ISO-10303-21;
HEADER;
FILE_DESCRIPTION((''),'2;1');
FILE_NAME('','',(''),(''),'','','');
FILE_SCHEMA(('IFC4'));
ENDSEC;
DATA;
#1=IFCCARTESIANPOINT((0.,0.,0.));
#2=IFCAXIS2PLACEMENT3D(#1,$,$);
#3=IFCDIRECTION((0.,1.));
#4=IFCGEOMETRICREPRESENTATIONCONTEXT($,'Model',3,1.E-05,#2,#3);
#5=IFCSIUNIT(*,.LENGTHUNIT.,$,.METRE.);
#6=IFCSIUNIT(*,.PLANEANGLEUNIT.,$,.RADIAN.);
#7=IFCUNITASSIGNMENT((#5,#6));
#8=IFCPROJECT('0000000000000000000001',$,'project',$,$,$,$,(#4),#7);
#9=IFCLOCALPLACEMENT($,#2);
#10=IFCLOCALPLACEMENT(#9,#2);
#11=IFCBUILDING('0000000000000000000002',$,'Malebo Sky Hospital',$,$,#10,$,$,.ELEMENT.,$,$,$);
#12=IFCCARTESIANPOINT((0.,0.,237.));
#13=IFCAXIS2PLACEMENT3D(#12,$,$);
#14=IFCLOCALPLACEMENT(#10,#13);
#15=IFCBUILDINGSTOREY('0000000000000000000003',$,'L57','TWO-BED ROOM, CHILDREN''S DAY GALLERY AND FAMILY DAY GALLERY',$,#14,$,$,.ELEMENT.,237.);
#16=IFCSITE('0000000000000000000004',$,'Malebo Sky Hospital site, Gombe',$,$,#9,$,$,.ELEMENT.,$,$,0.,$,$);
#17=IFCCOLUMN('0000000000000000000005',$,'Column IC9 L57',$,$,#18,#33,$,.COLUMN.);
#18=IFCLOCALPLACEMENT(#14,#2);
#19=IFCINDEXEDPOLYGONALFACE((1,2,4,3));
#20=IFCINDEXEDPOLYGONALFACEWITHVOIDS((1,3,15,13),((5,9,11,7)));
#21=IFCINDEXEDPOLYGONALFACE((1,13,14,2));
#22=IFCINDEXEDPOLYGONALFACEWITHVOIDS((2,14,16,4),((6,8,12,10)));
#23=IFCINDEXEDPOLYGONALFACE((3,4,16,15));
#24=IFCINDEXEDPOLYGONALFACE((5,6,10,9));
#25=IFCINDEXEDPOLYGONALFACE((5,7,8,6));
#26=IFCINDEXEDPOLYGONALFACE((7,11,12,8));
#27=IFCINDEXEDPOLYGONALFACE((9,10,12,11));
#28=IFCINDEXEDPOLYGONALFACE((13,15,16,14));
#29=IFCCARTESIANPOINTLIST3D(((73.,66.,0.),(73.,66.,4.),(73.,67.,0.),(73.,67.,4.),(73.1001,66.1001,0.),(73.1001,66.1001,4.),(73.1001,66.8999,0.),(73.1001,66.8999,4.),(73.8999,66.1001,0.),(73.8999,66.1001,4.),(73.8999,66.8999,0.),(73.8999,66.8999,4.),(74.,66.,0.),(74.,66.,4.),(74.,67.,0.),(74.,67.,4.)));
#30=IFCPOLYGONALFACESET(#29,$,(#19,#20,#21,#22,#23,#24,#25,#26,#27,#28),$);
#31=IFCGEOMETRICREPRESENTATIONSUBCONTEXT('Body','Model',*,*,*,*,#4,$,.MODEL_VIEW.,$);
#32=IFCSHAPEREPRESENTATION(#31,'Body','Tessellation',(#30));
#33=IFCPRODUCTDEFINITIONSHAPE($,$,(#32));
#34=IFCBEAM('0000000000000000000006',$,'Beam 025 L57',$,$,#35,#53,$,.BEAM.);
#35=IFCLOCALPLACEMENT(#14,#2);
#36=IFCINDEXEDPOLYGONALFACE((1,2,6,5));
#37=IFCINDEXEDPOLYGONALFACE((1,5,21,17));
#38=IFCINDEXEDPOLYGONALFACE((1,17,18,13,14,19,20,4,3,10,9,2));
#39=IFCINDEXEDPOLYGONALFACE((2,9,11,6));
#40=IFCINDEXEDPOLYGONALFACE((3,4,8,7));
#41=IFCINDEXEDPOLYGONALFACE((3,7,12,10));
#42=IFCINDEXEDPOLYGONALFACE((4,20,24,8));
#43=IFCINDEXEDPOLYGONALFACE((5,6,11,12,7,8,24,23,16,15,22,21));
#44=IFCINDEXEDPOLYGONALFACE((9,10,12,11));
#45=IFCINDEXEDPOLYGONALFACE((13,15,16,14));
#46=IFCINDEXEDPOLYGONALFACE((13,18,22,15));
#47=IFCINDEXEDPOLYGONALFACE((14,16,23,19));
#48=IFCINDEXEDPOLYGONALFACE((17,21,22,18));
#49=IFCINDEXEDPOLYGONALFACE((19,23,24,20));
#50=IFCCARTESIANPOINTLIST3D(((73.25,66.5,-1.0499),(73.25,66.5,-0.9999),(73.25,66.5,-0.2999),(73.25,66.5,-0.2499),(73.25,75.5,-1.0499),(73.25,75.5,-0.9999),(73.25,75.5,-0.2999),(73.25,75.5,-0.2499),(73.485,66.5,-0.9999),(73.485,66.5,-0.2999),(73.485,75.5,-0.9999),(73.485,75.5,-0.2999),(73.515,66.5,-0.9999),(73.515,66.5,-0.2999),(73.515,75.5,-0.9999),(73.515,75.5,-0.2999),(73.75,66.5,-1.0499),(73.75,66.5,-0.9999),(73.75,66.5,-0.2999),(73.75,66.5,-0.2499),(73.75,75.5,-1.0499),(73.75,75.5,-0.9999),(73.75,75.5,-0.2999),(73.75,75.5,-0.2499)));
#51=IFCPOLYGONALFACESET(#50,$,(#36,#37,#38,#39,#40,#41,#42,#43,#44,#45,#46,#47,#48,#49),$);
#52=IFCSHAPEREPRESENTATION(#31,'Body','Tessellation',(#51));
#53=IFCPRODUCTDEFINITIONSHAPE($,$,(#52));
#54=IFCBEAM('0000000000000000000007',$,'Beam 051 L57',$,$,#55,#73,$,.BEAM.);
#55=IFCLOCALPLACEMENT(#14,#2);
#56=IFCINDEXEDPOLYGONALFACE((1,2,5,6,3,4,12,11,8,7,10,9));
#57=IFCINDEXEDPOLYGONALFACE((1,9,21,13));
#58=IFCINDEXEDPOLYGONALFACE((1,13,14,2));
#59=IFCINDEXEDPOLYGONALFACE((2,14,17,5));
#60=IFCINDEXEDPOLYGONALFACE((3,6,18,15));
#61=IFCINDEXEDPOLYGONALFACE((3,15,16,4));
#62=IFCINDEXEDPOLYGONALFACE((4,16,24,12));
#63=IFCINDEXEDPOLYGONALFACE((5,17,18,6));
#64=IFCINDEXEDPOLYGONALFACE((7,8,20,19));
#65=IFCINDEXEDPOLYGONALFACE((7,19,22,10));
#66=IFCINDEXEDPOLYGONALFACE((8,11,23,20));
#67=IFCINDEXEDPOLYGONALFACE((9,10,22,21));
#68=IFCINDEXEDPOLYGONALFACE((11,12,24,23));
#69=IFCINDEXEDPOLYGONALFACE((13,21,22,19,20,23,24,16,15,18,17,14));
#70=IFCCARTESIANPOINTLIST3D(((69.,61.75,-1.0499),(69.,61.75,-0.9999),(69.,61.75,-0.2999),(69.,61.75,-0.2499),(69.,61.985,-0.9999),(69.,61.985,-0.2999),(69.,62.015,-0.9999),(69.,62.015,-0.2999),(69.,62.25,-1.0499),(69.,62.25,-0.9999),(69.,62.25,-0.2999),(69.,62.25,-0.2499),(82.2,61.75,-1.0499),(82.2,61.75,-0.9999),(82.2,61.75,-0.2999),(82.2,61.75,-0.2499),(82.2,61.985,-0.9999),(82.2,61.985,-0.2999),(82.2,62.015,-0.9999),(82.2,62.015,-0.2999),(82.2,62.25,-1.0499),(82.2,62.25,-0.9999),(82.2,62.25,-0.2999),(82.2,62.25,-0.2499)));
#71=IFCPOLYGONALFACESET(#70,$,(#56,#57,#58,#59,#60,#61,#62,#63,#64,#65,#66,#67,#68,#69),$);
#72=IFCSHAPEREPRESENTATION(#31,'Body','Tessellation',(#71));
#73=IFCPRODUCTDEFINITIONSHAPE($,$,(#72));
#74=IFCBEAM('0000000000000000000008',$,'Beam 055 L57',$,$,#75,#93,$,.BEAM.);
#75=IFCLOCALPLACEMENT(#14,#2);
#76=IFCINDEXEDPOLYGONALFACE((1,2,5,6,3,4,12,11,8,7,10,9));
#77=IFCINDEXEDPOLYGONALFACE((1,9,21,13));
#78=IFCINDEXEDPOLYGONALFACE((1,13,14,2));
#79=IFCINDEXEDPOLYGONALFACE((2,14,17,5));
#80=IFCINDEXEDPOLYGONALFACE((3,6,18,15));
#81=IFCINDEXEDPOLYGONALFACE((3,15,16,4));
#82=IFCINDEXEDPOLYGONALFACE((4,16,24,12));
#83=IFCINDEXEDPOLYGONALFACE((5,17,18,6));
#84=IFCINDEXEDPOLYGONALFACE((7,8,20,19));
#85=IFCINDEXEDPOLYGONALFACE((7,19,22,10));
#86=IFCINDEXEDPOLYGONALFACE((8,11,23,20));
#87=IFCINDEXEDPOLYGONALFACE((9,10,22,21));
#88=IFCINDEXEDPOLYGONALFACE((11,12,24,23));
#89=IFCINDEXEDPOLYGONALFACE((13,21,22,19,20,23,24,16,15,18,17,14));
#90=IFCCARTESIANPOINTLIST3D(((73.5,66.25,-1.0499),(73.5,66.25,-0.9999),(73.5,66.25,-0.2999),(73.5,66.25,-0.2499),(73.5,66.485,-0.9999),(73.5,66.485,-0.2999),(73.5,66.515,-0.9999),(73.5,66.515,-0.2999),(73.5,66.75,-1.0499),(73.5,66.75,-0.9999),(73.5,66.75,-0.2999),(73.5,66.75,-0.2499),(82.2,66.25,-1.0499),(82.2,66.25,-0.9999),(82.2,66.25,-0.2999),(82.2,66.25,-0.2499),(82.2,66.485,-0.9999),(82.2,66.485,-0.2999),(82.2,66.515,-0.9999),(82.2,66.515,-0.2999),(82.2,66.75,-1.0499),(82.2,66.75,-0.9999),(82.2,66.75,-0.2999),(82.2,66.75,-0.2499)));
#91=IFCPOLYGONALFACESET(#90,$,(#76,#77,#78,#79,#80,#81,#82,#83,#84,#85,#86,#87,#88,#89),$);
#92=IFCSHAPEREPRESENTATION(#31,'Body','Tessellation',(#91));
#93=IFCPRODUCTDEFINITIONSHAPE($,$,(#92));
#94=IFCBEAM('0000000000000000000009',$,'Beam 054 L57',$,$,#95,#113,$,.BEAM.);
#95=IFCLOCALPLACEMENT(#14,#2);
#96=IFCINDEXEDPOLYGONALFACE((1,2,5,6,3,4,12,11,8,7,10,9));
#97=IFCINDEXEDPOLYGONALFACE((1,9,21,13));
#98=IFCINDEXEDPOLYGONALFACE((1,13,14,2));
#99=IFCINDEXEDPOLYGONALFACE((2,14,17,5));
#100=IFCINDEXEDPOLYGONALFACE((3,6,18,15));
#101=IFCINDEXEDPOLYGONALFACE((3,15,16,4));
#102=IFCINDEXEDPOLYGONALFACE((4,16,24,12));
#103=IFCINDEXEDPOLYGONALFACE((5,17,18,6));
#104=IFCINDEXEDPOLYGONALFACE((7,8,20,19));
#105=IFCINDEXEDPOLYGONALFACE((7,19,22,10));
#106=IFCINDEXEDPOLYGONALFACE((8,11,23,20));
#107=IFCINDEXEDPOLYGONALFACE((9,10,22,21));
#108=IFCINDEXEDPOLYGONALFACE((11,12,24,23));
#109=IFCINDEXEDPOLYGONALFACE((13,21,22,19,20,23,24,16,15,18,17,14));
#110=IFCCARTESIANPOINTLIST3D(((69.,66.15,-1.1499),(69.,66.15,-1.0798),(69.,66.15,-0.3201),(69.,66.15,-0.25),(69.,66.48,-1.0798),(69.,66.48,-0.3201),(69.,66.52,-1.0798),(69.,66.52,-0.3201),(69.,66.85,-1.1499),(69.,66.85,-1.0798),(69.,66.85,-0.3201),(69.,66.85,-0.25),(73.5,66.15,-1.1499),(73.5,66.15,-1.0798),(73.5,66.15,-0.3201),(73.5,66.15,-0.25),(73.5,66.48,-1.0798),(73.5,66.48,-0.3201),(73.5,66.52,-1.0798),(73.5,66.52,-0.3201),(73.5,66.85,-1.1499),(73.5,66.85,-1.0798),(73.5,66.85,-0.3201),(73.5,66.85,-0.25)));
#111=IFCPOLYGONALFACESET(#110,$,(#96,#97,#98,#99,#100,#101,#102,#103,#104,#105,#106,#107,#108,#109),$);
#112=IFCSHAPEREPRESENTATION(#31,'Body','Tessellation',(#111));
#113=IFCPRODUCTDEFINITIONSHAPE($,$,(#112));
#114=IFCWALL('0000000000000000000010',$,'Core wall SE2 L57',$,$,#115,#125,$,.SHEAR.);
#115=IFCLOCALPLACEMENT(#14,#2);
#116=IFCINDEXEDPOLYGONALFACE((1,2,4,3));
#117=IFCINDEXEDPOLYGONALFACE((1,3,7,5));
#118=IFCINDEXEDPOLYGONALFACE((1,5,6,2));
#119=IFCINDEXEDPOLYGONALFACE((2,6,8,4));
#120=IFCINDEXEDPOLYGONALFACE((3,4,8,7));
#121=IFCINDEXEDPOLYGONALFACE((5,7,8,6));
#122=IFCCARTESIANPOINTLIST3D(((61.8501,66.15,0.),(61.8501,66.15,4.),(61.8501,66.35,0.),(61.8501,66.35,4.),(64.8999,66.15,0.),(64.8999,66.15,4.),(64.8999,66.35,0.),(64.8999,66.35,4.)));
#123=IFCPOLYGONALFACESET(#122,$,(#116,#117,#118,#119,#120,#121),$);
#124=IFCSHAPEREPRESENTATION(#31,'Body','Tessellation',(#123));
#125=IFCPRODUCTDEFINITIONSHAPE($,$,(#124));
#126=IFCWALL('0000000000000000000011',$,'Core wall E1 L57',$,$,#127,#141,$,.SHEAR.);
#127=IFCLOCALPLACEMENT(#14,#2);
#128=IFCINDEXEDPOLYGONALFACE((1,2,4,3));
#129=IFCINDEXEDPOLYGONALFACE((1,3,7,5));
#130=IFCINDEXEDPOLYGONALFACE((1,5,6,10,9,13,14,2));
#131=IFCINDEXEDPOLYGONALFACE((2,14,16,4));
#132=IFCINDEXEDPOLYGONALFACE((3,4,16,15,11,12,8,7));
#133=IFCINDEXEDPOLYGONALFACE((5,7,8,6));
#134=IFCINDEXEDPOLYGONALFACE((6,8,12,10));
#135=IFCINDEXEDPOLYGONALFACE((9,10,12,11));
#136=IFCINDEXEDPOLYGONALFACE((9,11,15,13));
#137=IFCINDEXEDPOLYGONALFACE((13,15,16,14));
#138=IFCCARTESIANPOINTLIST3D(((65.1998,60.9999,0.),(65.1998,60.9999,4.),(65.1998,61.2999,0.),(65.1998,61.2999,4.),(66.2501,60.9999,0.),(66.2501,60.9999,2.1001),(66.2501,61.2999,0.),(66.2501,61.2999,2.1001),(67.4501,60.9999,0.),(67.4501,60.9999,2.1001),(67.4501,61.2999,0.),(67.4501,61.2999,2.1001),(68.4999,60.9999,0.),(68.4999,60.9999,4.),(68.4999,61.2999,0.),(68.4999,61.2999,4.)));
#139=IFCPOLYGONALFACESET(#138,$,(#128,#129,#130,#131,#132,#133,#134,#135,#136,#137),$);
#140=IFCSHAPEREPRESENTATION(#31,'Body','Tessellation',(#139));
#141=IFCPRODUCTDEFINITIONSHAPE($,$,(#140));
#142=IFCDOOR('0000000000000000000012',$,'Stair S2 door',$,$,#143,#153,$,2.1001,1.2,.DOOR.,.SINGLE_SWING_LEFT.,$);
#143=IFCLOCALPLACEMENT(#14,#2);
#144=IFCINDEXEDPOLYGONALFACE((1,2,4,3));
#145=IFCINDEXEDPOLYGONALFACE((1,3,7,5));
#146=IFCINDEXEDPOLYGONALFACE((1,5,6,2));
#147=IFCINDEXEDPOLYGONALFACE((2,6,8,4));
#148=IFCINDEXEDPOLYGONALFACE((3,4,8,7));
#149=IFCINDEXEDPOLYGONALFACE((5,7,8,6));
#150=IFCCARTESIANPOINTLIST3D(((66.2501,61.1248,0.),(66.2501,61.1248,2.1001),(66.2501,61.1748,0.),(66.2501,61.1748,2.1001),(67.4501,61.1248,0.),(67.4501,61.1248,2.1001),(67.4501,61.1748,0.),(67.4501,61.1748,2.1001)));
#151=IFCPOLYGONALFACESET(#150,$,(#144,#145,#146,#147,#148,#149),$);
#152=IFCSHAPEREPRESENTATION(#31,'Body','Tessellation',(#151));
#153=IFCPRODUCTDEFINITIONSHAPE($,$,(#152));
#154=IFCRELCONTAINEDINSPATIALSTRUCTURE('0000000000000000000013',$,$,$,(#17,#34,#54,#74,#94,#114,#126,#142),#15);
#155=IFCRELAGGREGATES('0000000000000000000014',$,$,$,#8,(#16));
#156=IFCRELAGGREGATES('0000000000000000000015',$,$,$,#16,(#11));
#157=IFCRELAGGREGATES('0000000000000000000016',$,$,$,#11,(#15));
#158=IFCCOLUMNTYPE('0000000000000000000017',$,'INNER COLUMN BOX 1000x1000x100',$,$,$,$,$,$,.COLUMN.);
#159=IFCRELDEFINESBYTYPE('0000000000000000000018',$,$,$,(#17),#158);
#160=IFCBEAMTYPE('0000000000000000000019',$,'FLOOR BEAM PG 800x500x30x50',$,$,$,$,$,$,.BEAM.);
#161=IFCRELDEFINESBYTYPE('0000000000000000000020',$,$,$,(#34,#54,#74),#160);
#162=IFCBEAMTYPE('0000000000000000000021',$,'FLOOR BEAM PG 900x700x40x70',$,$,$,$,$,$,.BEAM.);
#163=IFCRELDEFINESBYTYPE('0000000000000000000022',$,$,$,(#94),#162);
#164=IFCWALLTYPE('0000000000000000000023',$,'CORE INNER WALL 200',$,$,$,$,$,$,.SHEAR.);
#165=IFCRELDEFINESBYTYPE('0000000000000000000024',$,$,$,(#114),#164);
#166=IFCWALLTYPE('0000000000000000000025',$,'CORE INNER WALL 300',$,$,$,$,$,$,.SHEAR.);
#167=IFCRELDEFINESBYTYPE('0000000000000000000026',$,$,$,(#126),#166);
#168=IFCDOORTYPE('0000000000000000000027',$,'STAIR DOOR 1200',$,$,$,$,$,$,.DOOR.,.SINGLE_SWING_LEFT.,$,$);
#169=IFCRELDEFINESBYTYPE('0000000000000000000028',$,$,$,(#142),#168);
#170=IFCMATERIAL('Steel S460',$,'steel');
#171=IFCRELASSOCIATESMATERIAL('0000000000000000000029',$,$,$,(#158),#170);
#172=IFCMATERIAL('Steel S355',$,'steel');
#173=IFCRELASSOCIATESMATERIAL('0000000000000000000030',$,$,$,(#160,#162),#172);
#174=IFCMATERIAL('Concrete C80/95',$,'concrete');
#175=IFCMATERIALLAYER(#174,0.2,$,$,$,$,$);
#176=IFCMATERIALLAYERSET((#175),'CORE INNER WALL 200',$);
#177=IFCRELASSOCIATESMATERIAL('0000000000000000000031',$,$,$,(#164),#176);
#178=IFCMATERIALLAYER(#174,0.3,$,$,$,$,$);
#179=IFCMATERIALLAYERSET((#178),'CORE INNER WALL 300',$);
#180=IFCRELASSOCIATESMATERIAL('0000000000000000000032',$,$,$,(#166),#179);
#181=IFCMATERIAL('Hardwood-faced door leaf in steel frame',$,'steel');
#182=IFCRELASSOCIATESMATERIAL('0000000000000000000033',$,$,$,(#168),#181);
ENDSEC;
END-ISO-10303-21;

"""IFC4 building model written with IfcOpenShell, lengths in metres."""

from ifc_helpers import new_model, si_unit, direction, frame, frame_2d, origin, origin_2d, place, context, subcontext, project, spatial, rectangle, hollow_rectangle, i_section, extrude, material, layer, layer_set, material_profile, profile_set, type_object, element, fill, save


model = new_model("IFC4")

# Units and contexts
model_context = context("Model", 3, precision=1e-05, world=origin(), true_north=direction((0.0, 1.0)))
body_context = subcontext(model_context, "Body", "Model", "MODEL_VIEW")
ifc_project = project(units=[si_unit("LENGTHUNIT", "METRE"), si_unit("PLANEANGLEUNIT", "RADIAN")], contexts=[model_context])

# Site, building, storey
site_placement = place(None, origin())
site = spatial("IfcSite", under=ifc_project, at=site_placement, Name="Malebo Sky Hospital site, Gombe", CompositionType="ELEMENT", RefElevation=0.0)
building_placement = place(site_placement, origin())
building = spatial("IfcBuilding", under=site, at=building_placement, Name="Malebo Sky Hospital", CompositionType="ELEMENT")
storey_placement = place(building_placement, frame((0.0, 0.0, 237.0)))
storey = spatial("IfcBuildingStorey", under=building, at=storey_placement, Name="L57", Description="TWO-BED ROOM, CHILDREN'S DAY GALLERY AND FAMILY DAY GALLERY", CompositionType="ELEMENT", Elevation=237.0)

# Column
ifc_material_1 = material(Name="Steel S460", Category="steel")
ifc_material_profile_1 = material_profile(ifc_material_1, hollow_rectangle(XDim=1.0, YDim=1.0, WallThickness=0.1001, at=origin_2d()), Name="BOX 1000x1000x100")
ifc_profile_set_1 = profile_set([ifc_material_profile_1], Name="Steel S460")
column_type = type_object("IfcColumnType", Name="INNER COLUMN BOX 1000x1000x100", PredefinedType="COLUMN", material=ifc_profile_set_1)
column_placement = place(storey_placement, frame((73.5, 66.5, 0.0), z_axis=(0.0, 0.0, 1.0), x_axis=(1.0, 0.0, 0.0)))
element("IfcColumn", 1, at=column_placement, inside=storey, type_object=column_type, Name="Column IC9 L57", PredefinedType="COLUMN", context=body_context, shape_type="SweptSolid", body=[
    extrude(hollow_rectangle(XDim=1.0, YDim=1.0, WallThickness=0.1001, at=origin_2d()), origin(), (0.0, 0.0, 1.0), 4.0),
])

# Beams
ifc_material_2 = material(Name="Steel S355", Category="steel")
ifc_material_profile_2 = material_profile(ifc_material_2, i_section(OverallWidth=0.5, OverallDepth=0.8, WebThickness=0.03, FlangeThickness=0.05, at=origin_2d()), Name="PG 800x500x30x50")
ifc_profile_set_2 = profile_set([ifc_material_profile_2], Name="Steel S355")
beam_type_1 = type_object("IfcBeamType", Name="FLOOR BEAM PG 800x500x30x50", PredefinedType="BEAM", material=ifc_profile_set_2)
beam_1_placement = place(storey_placement, frame((73.5, 66.5, -0.6499), z_axis=(0.0, 1.0, 0.0), x_axis=(-1.0, 0.0, 0.0)))
element("IfcBeam", 2, at=beam_1_placement, inside=storey, type_object=beam_type_1, Name="Beam 025 L57", PredefinedType="BEAM", context=body_context, shape_type="SweptSolid", body=[
    extrude(i_section(OverallWidth=0.5, OverallDepth=0.8, WebThickness=0.03, FlangeThickness=0.05, at=origin_2d()), origin(), (0.0, 0.0, 1.0), 9.0),
])
beam_2_placement = place(storey_placement, frame((69.0, 62.0, -0.6499), z_axis=(1.0, 0.0, 0.0), x_axis=(0.0, 1.0, 0.0)))
element("IfcBeam", 3, at=beam_2_placement, inside=storey, type_object=beam_type_1, Name="Beam 051 L57", PredefinedType="BEAM", context=body_context, shape_type="SweptSolid", body=[
    extrude(i_section(OverallWidth=0.5, OverallDepth=0.8, WebThickness=0.03, FlangeThickness=0.05, at=origin_2d()), origin(), (0.0, 0.0, 1.0), 13.2),
])
beam_3_placement = place(storey_placement, frame((73.5, 66.5, -0.6499), z_axis=(1.0, 0.0, 0.0), x_axis=(0.0, 1.0, 0.0)))
element("IfcBeam", 4, at=beam_3_placement, inside=storey, type_object=beam_type_1, Name="Beam 055 L57", PredefinedType="BEAM", context=body_context, shape_type="SweptSolid", body=[
    extrude(i_section(OverallWidth=0.5, OverallDepth=0.8, WebThickness=0.03, FlangeThickness=0.05, at=origin_2d()), origin(), (0.0, 0.0, 1.0), 8.7),
])
ifc_material_profile_3 = material_profile(ifc_material_2, i_section(OverallWidth=0.7, OverallDepth=0.8999, WebThickness=0.04, FlangeThickness=0.0701, at=origin_2d()), Name="PG 900x700x40x70")
ifc_profile_set_3 = profile_set([ifc_material_profile_3], Name="Steel S355")
beam_type_2 = type_object("IfcBeamType", Name="FLOOR BEAM PG 900x700x40x70", PredefinedType="BEAM", material=ifc_profile_set_3)
beam_4_placement = place(storey_placement, frame((69.0, 66.5, -0.7), z_axis=(1.0, 0.0, 0.0), x_axis=(0.0, 1.0, 0.0)))
element("IfcBeam", 5, at=beam_4_placement, inside=storey, type_object=beam_type_2, Name="Beam 054 L57", PredefinedType="BEAM", context=body_context, shape_type="SweptSolid", body=[
    extrude(i_section(OverallWidth=0.7, OverallDepth=0.8999, WebThickness=0.04, FlangeThickness=0.0701, at=origin_2d()), origin(), (0.0, 0.0, 1.0), 4.5),
])

# Wall
ifc_material_3 = material(Name="Concrete C80/95", Category="concrete")
ifc_layer_1 = layer(ifc_material_3, 0.2)
ifc_layer_set_1 = layer_set([ifc_layer_1], Name="CORE INNER WALL 200")
wall_type_1 = type_object("IfcWallType", Name="CORE INNER WALL 200", PredefinedType="SHEAR", material=ifc_layer_set_1)
wall_1_placement = place(storey_placement, frame((61.8501, 66.25, 0.0), z_axis=(0.0, 0.0, 1.0), x_axis=(1.0, 0.0, 0.0)))
element("IfcWall", 6, at=wall_1_placement, inside=storey, type_object=wall_type_1, Name="Core wall SE2 L57", PredefinedType="SHEAR", context=body_context, shape_type="SweptSolid", body=[
    extrude(rectangle(XDim=3.0498, YDim=0.2, at=frame_2d((1.5249, 0.0))), origin(), (0.0, 0.0, 1.0), 4.0),
])

# Wall, opening, door
ifc_layer_2 = layer(ifc_material_3, 0.3)
ifc_layer_set_2 = layer_set([ifc_layer_2], Name="CORE INNER WALL 300")
wall_type_2 = type_object("IfcWallType", Name="CORE INNER WALL 300", PredefinedType="SHEAR", material=ifc_layer_set_2)
wall_2_placement = place(storey_placement, frame((65.2, 61.1499, 0.0), z_axis=(0.0, 0.0, 1.0), x_axis=(1.0, 0.0, 0.0)))
wall_2 = element("IfcWall", 7, at=wall_2_placement, inside=storey, type_object=wall_type_2, Name="Core wall E1 L57", PredefinedType="SHEAR", context=body_context, shape_type="SweptSolid", body=[
    extrude(rectangle(XDim=3.3, YDim=0.3, at=frame_2d((1.6499, 0.0))), origin(), (0.0, 0.0, 1.0), 4.0),
])
opening_1_placement = place(wall_2_placement, frame((1.05, 0.0, 0.0)))
opening_1 = element("IfcOpeningElement", 8, at=opening_1_placement, cuts=wall_2, PredefinedType="OPENING", context=body_context, shape_type="SweptSolid", body=[
    extrude(rectangle(XDim=1.2, YDim=2.1001, at=frame_2d((0.6001, 1.05))), frame((0.0, 0.1599, 0.0), z_axis=(0.0, -1.0, 0.0), x_axis=(1.0, 0.0, 0.0)), (0.0, 0.0, 1.0), 0.3201),
])
ifc_material_4 = material(Name="Hardwood-faced door leaf in steel frame", Category="steel")
door_type_1 = type_object("IfcDoorType", Name="STAIR DOOR 1200", OperationType="SINGLE_SWING_LEFT", PredefinedType="DOOR", material=ifc_material_4)
door_1_placement = place(opening_1_placement, origin())
door_1 = element("IfcDoor", 9, at=door_1_placement, inside=storey, type_object=door_type_1, Name="Stair S2 door", OperationType="SINGLE_SWING_LEFT", OverallHeight=2.1001, OverallWidth=1.2, PredefinedType="DOOR", context=body_context, shape_type="SweptSolid", body=[
    extrude(rectangle(XDim=1.2, YDim=2.1001, at=frame_2d((0.6001, 1.05))), frame((0.0, 0.0249, 0.0), z_axis=(0.0, -1.0, 0.0), x_axis=(1.0, 0.0, 0.0)), (0.0, 0.0, 1.0), 0.05),
])
fill(opening_1, door_1)

save(model, "model.ifc")
